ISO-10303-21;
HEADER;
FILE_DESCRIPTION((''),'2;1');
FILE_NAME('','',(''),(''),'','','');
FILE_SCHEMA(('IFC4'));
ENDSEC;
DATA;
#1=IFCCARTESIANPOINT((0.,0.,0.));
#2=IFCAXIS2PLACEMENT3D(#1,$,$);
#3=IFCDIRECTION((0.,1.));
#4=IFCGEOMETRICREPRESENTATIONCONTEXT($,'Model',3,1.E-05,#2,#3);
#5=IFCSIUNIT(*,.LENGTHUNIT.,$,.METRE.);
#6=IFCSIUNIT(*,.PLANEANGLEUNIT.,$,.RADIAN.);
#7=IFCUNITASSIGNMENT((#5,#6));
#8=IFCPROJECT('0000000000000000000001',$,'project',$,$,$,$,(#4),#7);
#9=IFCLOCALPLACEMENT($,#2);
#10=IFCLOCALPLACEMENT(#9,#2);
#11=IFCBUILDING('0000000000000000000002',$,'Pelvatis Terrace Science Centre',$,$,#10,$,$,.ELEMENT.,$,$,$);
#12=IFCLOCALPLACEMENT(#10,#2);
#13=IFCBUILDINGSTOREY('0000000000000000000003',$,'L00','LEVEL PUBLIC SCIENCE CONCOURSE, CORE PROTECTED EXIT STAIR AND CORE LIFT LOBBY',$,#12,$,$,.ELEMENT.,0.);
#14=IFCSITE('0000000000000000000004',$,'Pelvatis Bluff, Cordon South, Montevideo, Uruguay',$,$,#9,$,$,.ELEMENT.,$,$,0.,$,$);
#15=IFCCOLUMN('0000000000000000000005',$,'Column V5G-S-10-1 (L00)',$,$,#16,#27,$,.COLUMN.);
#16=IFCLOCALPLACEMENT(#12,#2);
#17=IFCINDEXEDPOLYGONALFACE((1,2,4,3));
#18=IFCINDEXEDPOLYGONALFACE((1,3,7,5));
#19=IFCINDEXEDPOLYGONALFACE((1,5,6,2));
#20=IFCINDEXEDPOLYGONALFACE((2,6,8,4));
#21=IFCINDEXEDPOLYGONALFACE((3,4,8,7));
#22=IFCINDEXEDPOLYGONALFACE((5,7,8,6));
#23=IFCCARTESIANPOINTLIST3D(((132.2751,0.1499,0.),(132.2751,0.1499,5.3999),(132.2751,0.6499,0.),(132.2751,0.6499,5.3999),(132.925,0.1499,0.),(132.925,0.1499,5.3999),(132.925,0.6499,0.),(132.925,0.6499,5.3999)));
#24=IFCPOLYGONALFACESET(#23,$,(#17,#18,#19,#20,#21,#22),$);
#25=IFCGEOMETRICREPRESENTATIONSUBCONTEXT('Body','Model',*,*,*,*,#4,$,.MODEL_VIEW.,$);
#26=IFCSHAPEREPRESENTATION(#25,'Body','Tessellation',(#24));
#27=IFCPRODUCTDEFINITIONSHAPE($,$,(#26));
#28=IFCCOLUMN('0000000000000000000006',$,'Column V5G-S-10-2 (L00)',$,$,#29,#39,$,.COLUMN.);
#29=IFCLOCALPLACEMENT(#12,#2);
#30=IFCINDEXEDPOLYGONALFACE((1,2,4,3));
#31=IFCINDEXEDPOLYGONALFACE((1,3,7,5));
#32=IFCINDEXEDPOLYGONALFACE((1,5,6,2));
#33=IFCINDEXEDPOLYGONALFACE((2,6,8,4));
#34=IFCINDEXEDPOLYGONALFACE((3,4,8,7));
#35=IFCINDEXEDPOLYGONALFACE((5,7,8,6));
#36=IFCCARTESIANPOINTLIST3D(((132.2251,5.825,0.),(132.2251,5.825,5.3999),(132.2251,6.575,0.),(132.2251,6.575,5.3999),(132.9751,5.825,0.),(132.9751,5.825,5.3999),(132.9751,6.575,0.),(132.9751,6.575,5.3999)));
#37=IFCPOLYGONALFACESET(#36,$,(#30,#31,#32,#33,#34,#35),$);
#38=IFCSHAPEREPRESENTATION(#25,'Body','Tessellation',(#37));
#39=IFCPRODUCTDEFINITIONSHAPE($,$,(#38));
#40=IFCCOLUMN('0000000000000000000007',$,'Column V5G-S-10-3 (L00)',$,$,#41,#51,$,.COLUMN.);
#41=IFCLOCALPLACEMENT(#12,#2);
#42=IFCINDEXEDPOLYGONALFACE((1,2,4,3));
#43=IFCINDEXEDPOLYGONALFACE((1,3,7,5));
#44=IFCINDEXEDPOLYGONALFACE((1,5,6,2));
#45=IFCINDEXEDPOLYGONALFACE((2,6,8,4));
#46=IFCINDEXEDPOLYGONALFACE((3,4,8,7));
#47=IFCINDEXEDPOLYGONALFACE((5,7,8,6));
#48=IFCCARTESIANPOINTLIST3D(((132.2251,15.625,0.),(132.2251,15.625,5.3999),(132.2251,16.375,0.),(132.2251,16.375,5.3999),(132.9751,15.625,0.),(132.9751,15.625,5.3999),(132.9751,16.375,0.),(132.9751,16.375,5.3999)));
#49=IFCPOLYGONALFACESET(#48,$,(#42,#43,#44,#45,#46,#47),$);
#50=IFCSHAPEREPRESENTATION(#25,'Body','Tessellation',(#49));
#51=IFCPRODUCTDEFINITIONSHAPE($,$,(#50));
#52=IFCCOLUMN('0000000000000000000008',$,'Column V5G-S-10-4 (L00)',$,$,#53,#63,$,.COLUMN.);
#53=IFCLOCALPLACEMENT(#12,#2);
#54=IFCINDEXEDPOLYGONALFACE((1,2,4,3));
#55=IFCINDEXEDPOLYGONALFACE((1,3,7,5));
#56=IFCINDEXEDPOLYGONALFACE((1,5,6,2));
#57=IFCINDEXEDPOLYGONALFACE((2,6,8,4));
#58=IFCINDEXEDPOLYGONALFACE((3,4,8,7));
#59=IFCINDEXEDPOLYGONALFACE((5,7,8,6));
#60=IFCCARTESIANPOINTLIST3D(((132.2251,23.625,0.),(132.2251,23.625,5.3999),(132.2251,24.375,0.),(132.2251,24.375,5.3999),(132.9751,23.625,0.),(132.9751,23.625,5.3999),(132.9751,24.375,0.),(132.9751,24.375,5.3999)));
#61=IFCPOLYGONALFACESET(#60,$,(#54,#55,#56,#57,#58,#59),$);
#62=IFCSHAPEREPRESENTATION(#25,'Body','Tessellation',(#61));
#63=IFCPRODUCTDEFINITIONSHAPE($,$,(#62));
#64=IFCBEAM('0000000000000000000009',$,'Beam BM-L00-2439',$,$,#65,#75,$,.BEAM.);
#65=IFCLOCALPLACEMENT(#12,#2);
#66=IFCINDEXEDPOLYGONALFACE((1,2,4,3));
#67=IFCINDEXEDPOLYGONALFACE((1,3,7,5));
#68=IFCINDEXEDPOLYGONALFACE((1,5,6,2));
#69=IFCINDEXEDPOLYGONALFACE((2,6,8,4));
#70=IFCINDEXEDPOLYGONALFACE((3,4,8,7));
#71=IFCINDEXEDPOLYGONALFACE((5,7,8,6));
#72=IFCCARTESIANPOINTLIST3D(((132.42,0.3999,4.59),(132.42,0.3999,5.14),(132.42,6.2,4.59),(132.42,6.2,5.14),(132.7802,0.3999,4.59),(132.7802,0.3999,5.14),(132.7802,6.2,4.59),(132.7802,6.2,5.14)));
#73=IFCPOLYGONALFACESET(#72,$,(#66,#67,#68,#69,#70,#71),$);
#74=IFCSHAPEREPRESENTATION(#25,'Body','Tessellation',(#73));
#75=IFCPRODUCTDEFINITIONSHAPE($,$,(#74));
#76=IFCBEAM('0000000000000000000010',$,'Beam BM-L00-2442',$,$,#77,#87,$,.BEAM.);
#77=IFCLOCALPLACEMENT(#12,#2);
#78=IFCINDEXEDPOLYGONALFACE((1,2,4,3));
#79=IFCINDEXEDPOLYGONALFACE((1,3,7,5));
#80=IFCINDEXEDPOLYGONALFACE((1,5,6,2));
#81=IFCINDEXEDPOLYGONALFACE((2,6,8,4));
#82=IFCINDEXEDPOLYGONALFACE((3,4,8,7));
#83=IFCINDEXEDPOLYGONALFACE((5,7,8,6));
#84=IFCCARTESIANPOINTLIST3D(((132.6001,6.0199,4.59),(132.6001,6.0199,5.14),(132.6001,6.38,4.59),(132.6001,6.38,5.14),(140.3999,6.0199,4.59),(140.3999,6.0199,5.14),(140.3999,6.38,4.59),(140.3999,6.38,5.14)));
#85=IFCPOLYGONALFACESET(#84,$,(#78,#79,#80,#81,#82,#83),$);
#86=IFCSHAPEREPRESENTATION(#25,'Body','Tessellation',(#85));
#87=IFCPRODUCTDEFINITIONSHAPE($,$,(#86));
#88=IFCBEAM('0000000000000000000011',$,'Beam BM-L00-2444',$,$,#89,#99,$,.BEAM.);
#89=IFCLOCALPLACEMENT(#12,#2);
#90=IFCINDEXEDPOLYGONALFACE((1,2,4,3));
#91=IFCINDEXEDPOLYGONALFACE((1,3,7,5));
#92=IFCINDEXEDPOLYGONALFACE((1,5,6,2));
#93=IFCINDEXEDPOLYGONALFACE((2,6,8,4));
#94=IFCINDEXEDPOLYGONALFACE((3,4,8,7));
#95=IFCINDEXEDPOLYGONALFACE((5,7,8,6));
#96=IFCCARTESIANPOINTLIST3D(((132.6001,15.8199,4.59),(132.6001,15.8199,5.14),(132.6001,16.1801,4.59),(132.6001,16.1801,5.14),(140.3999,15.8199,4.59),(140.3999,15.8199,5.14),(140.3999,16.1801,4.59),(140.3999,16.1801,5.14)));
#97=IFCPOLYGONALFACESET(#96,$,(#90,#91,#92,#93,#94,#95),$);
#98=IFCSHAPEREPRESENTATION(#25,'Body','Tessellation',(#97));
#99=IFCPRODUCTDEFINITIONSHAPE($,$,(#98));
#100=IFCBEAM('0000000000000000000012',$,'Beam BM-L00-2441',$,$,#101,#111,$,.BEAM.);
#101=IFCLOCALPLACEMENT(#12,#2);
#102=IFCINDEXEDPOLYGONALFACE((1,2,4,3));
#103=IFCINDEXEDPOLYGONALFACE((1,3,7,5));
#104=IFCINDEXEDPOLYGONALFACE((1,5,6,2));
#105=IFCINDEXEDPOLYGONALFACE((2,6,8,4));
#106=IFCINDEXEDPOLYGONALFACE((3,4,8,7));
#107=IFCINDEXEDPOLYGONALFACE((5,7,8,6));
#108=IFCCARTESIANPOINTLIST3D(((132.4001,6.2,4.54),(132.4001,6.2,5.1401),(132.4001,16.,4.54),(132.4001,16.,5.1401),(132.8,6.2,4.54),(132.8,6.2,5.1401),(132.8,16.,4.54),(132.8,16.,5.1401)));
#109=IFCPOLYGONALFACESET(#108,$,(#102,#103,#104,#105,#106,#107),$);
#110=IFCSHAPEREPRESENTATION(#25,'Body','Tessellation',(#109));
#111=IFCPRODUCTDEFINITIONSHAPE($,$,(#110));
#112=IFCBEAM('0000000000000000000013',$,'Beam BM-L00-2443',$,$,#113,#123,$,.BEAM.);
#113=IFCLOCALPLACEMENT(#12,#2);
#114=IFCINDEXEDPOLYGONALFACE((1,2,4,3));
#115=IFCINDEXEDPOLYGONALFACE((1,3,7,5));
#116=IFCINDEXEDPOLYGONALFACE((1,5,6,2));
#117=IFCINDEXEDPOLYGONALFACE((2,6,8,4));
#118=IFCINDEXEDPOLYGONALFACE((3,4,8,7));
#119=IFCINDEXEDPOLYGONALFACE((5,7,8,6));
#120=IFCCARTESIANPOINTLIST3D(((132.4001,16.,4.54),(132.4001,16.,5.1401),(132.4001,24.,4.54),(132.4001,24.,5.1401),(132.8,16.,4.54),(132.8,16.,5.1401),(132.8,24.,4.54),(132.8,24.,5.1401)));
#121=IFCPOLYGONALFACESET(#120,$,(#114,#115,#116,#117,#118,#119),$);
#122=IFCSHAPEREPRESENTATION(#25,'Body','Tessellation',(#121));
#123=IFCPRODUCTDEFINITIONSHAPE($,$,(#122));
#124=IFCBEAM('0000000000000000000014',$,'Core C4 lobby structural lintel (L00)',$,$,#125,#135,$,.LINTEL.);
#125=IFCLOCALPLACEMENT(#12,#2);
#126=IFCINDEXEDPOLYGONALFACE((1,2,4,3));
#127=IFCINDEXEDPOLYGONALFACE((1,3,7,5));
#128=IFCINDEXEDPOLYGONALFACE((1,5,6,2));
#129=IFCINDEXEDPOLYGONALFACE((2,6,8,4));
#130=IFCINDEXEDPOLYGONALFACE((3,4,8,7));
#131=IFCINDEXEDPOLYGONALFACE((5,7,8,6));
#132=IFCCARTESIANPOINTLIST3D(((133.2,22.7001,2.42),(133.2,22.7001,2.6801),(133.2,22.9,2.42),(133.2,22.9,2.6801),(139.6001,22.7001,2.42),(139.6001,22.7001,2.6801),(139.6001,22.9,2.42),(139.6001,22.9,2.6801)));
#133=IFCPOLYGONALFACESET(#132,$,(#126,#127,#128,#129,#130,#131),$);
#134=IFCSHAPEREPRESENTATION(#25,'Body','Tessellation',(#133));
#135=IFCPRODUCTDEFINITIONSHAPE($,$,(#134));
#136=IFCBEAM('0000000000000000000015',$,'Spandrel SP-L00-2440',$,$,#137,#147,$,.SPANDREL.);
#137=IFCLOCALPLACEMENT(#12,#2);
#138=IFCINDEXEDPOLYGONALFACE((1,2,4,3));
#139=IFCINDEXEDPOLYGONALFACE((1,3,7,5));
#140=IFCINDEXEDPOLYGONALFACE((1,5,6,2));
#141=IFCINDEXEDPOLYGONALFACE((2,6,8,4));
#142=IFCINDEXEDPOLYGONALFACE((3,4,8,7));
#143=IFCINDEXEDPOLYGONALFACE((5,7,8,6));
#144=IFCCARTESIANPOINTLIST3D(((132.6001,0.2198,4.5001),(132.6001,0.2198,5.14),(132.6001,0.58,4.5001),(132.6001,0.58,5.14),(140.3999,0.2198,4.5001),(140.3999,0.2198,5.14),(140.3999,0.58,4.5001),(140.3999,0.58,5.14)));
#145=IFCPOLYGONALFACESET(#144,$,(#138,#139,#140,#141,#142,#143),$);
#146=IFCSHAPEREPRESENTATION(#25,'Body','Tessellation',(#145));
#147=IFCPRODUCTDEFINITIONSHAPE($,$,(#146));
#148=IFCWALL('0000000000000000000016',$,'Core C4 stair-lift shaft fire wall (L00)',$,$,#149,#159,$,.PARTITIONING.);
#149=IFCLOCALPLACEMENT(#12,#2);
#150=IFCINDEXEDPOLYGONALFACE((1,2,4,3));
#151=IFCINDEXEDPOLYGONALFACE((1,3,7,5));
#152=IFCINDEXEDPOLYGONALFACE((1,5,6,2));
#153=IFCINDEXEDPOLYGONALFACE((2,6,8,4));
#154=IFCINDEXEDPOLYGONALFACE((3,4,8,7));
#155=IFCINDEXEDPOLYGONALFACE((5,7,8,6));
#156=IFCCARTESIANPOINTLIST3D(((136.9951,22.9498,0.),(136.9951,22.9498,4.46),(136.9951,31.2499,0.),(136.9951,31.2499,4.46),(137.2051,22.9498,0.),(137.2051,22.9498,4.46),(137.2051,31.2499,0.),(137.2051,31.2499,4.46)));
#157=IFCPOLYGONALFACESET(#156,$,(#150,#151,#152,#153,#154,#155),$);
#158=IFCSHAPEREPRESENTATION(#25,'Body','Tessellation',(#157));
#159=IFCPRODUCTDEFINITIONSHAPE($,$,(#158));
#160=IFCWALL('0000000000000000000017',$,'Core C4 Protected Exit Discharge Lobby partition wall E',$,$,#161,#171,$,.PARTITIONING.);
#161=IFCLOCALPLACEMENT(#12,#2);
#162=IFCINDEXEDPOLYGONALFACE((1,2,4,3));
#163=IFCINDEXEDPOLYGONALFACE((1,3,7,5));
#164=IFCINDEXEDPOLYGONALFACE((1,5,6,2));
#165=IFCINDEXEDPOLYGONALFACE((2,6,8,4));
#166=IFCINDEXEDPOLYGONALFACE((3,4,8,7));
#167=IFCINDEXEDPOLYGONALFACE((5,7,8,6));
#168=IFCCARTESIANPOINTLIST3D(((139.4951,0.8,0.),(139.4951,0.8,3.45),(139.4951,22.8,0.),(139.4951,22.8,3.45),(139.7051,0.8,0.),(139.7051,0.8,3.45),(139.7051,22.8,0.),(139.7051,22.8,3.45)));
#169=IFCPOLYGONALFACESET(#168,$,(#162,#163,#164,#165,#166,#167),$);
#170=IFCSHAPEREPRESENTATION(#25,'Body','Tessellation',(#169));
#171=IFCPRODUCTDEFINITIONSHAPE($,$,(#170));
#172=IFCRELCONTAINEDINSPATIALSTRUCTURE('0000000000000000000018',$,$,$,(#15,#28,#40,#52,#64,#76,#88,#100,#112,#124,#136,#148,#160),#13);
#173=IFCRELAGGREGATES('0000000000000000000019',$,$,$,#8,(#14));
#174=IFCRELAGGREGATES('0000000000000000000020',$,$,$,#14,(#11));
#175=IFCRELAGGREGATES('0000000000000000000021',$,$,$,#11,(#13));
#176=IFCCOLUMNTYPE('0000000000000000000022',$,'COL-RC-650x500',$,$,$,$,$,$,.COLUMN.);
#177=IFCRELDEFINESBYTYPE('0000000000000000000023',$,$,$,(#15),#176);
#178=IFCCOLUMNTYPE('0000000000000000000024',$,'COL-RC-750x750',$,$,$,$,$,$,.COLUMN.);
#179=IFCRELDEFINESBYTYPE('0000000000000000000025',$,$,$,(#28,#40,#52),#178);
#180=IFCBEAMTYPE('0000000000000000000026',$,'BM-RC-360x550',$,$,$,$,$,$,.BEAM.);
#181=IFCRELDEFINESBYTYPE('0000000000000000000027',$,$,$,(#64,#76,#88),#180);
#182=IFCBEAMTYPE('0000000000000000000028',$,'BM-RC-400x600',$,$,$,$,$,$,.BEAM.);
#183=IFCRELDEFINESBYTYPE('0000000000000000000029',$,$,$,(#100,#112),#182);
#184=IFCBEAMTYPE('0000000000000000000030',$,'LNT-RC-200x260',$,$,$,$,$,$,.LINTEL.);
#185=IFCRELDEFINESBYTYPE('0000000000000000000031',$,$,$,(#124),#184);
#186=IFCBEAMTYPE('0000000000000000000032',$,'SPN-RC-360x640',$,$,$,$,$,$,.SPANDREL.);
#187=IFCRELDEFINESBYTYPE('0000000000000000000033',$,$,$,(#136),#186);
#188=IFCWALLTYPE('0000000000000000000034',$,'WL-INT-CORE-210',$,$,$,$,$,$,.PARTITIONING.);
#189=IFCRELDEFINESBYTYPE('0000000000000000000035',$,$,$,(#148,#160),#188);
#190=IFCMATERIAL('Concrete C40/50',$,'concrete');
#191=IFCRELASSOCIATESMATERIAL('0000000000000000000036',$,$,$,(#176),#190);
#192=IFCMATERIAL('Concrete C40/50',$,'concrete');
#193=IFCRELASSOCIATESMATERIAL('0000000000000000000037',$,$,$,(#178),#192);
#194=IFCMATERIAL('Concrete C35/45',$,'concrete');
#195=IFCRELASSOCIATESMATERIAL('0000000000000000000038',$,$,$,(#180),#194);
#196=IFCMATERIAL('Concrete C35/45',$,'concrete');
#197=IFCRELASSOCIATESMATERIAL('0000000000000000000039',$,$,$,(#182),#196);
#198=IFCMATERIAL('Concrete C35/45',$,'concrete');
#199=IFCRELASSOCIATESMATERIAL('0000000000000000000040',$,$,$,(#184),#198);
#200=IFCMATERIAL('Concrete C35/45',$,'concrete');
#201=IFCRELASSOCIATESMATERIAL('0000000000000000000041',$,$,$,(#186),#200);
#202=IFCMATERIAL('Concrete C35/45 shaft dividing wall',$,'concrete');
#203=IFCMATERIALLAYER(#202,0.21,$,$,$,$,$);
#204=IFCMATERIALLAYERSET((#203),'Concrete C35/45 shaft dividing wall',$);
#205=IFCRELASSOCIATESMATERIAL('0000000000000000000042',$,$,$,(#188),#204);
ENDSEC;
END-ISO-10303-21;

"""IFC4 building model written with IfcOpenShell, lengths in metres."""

from ifc_helpers import new_model, si_unit, direction, frame, frame_2d, origin, origin_2d, place, context, subcontext, project, spatial, rectangle, extrude, material, layer, layer_set, material_profile, profile_set, type_object, element, save


model = new_model("IFC4")

# Units and contexts
model_context = context("Model", 3, precision=1e-05, world=origin(), true_north=direction((0.0, 1.0)))
body_context = subcontext(model_context, "Body", "Model", "MODEL_VIEW")
ifc_project = project(units=[si_unit("LENGTHUNIT", "METRE"), si_unit("PLANEANGLEUNIT", "RADIAN")], contexts=[model_context])

# Site, building, storey
site_placement = place(None, origin())
site = spatial("IfcSite", under=ifc_project, at=site_placement, Name="Pelvatis Bluff, Cordon South, Montevideo, Uruguay", CompositionType="ELEMENT", RefElevation=0.0)
building_placement = place(site_placement, origin())
building = spatial("IfcBuilding", under=site, at=building_placement, Name="Pelvatis Terrace Science Centre", CompositionType="ELEMENT")
storey_placement = place(building_placement, origin())
storey = spatial("IfcBuildingStorey", under=building, at=storey_placement, Name="L00", Description="LEVEL PUBLIC SCIENCE CONCOURSE, CORE PROTECTED EXIT STAIR AND CORE LIFT LOBBY", CompositionType="ELEMENT", Elevation=0.0)

# Columns
ifc_material_1 = material(Name="Concrete C40/50", Category="concrete")
ifc_material_profile_1 = material_profile(ifc_material_1, rectangle(XDim=0.6499, YDim=0.5, at=origin_2d()), Name="RC-COL 650x500")
ifc_profile_set_1 = profile_set([ifc_material_profile_1], Name="Concrete C40/50")
column_type_1 = type_object("IfcColumnType", Name="COL-RC-650x500", PredefinedType="COLUMN", material=ifc_profile_set_1)
column_placement = place(storey_placement, frame((132.6001, 0.3999, 0.0), z_axis=(0.0, 0.0, 1.0), x_axis=(1.0, 0.0, 0.0)))
element("IfcColumn", 1, at=column_placement, inside=storey, type_object=column_type_1, Name="Column V5G-S-10-1 (L00)", PredefinedType="COLUMN", context=body_context, shape_type="SweptSolid", body=[
    extrude(rectangle(XDim=0.6499, YDim=0.5, at=origin_2d()), origin(), (0.0, 0.0, 1.0), 5.3999),
])
ifc_material_2 = material(Name="Concrete C40/50", Category="concrete")
ifc_material_profile_2 = material_profile(ifc_material_2, rectangle(XDim=0.75, YDim=0.75, at=origin_2d()), Name="RC-COL 750x750")
ifc_profile_set_2 = profile_set([ifc_material_profile_2], Name="Concrete C40/50")
column_type_2 = type_object("IfcColumnType", Name="COL-RC-750x750", PredefinedType="COLUMN", material=ifc_profile_set_2)
for number, where, z_axis, x_axis, name in (
    (2, (132.6001, 6.2, 0.0), (0.0, 0.0, 1.0), (1.0, 0.0, 0.0), "Column V5G-S-10-2 (L00)"),
    (3, (132.6001, 16.0, 0.0), (0.0, 0.0, 1.0), (1.0, 0.0, 0.0), "Column V5G-S-10-3 (L00)"),
    (4, (132.6001, 24.0, 0.0), (0.0, 0.0, 1.0), (1.0, 0.0, 0.0), "Column V5G-S-10-4 (L00)"),
):
    element("IfcColumn", number, at=place(storey_placement, frame(where, z_axis=z_axis, x_axis=x_axis)), inside=storey, type_object=column_type_2, Name=name, PredefinedType="COLUMN", context=body_context, shape_type="SweptSolid", body=[
        extrude(rectangle(XDim=0.75, YDim=0.75, at=origin_2d()), origin(), (0.0, 0.0, 1.0), 5.3999),
    ])

# Beams
ifc_material_3 = material(Name="Concrete C35/45", Category="concrete")
ifc_material_profile_3 = material_profile(ifc_material_3, rectangle(XDim=0.3601, YDim=0.55, at=origin_2d()), Name="RC-BM 360x550")
ifc_profile_set_3 = profile_set([ifc_material_profile_3], Name="Concrete C35/45")
beam_type_1 = type_object("IfcBeamType", Name="BM-RC-360x550", PredefinedType="BEAM", material=ifc_profile_set_3)
beam_1_placement = place(storey_placement, frame((132.6001, 0.3999, 4.865), z_axis=(0.0, 1.0, 0.0), x_axis=(-1.0, 0.0, 0.0)))
element("IfcBeam", 5, at=beam_1_placement, inside=storey, type_object=beam_type_1, Name="Beam BM-L00-2439", PredefinedType="BEAM", context=body_context, shape_type="SweptSolid", body=[
    extrude(rectangle(XDim=0.3601, YDim=0.55, at=origin_2d()), origin(), (0.0, 0.0, 1.0), 5.8),
])
for number, where, z_axis, x_axis, name in (
    (6, (132.6001, 6.2, 4.865), (1.0, 0.0, 0.0), (0.0, 1.0, 0.0), "Beam BM-L00-2442"),
    (7, (132.6001, 16.0, 4.865), (1.0, 0.0, 0.0), (0.0, 1.0, 0.0), "Beam BM-L00-2444"),
):
    element("IfcBeam", number, at=place(storey_placement, frame(where, z_axis=z_axis, x_axis=x_axis)), inside=storey, type_object=beam_type_1, Name=name, PredefinedType="BEAM", context=body_context, shape_type="SweptSolid", body=[
        extrude(rectangle(XDim=0.3601, YDim=0.55, at=origin_2d()), origin(), (0.0, 0.0, 1.0), 7.7998),
    ])
ifc_material_4 = material(Name="Concrete C35/45", Category="concrete")
ifc_material_profile_4 = material_profile(ifc_material_4, rectangle(XDim=0.3999, YDim=0.6001, at=origin_2d()), Name="RC-BM 400x600")
ifc_profile_set_4 = profile_set([ifc_material_profile_4], Name="Concrete C35/45")
beam_type_2 = type_object("IfcBeamType", Name="BM-RC-400x600", PredefinedType="BEAM", material=ifc_profile_set_4)
beam_2_placement = place(storey_placement, frame((132.6001, 6.2, 4.8401), z_axis=(0.0, 1.0, 0.0), x_axis=(-1.0, 0.0, 0.0)))
element("IfcBeam", 8, at=beam_2_placement, inside=storey, type_object=beam_type_2, Name="Beam BM-L00-2441", PredefinedType="BEAM", context=body_context, shape_type="SweptSolid", body=[
    extrude(rectangle(XDim=0.3999, YDim=0.6001, at=origin_2d()), origin(), (0.0, 0.0, 1.0), 9.8),
])
beam_3_placement = place(storey_placement, frame((132.6001, 16.0, 4.8401), z_axis=(0.0, 1.0, 0.0), x_axis=(-1.0, 0.0, 0.0)))
element("IfcBeam", 9, at=beam_3_placement, inside=storey, type_object=beam_type_2, Name="Beam BM-L00-2443", PredefinedType="BEAM", context=body_context, shape_type="SweptSolid", body=[
    extrude(rectangle(XDim=0.3999, YDim=0.6001, at=origin_2d()), origin(), (0.0, 0.0, 1.0), 8.0),
])
ifc_material_5 = material(Name="Concrete C35/45", Category="concrete")
ifc_material_profile_5 = material_profile(ifc_material_5, rectangle(XDim=0.2, YDim=0.26, at=origin_2d()), Name="RC-LNT 200x260")
ifc_profile_set_5 = profile_set([ifc_material_profile_5], Name="Concrete C35/45")
beam_type_3 = type_object("IfcBeamType", Name="LNT-RC-200x260", PredefinedType="LINTEL", material=ifc_profile_set_5)
beam_4_placement = place(storey_placement, frame((133.2, 22.8, 2.55), z_axis=(1.0, 0.0, 0.0), x_axis=(0.0, 1.0, 0.0)))
element("IfcBeam", 10, at=beam_4_placement, inside=storey, type_object=beam_type_3, Name="Core C4 lobby structural lintel (L00)", PredefinedType="LINTEL", context=body_context, shape_type="SweptSolid", body=[
    extrude(rectangle(XDim=0.2, YDim=0.26, at=origin_2d()), origin(), (0.0, 0.0, 1.0), 6.4001),
])
ifc_material_6 = material(Name="Concrete C35/45", Category="concrete")
ifc_material_profile_6 = material_profile(ifc_material_6, rectangle(XDim=0.3601, YDim=0.6399, at=origin_2d()), Name="RC-SPN 360x640")
ifc_profile_set_6 = profile_set([ifc_material_profile_6], Name="Concrete C35/45")
beam_type_4 = type_object("IfcBeamType", Name="SPN-RC-360x640", PredefinedType="SPANDREL", material=ifc_profile_set_6)
beam_5_placement = place(storey_placement, frame((132.6001, 0.3999, 4.8201), z_axis=(1.0, 0.0, 0.0), x_axis=(0.0, 1.0, 0.0)))
element("IfcBeam", 11, at=beam_5_placement, inside=storey, type_object=beam_type_4, Name="Spandrel SP-L00-2440", PredefinedType="SPANDREL", context=body_context, shape_type="SweptSolid", body=[
    extrude(rectangle(XDim=0.3601, YDim=0.6399, at=origin_2d()), origin(), (0.0, 0.0, 1.0), 7.7998),
])

# Walls
ifc_material_7 = material(Name="Concrete C35/45 shaft dividing wall", Category="concrete")
ifc_layer_1 = layer(ifc_material_7, 0.21)
ifc_layer_set_1 = layer_set([ifc_layer_1], Name="Concrete C35/45 shaft dividing wall")
wall_type_1 = type_object("IfcWallType", Name="WL-INT-CORE-210", PredefinedType="PARTITIONING", material=ifc_layer_set_1)
wall_1_placement = place(storey_placement, frame((137.1001, 22.95, 0.0), z_axis=(0.0, 0.0, 1.0), x_axis=(0.0, 1.0, 0.0)))
element("IfcWall", 12, at=wall_1_placement, inside=storey, type_object=wall_type_1, Name="Core C4 stair-lift shaft fire wall (L00)", PredefinedType="PARTITIONING", context=body_context, shape_type="SweptSolid", body=[
    extrude(rectangle(XDim=8.3, YDim=0.21, at=frame_2d((4.1499, 0.0))), origin(), (0.0, 0.0, 1.0), 4.46),
])
wall_2_placement = place(storey_placement, frame((139.6001, 0.8, 0.0), z_axis=(0.0, 0.0, 1.0), x_axis=(0.0, 1.0, 0.0)))
element("IfcWall", 13, at=wall_2_placement, inside=storey, type_object=wall_type_1, Name="Core C4 Protected Exit Discharge Lobby partition wall E", PredefinedType="PARTITIONING", context=body_context, shape_type="SweptSolid", body=[
    extrude(rectangle(XDim=22.0, YDim=0.21, at=frame_2d((11.0, 0.0))), origin(), (0.0, 0.0, 1.0), 3.45),
])

save(model, "model.ifc")
